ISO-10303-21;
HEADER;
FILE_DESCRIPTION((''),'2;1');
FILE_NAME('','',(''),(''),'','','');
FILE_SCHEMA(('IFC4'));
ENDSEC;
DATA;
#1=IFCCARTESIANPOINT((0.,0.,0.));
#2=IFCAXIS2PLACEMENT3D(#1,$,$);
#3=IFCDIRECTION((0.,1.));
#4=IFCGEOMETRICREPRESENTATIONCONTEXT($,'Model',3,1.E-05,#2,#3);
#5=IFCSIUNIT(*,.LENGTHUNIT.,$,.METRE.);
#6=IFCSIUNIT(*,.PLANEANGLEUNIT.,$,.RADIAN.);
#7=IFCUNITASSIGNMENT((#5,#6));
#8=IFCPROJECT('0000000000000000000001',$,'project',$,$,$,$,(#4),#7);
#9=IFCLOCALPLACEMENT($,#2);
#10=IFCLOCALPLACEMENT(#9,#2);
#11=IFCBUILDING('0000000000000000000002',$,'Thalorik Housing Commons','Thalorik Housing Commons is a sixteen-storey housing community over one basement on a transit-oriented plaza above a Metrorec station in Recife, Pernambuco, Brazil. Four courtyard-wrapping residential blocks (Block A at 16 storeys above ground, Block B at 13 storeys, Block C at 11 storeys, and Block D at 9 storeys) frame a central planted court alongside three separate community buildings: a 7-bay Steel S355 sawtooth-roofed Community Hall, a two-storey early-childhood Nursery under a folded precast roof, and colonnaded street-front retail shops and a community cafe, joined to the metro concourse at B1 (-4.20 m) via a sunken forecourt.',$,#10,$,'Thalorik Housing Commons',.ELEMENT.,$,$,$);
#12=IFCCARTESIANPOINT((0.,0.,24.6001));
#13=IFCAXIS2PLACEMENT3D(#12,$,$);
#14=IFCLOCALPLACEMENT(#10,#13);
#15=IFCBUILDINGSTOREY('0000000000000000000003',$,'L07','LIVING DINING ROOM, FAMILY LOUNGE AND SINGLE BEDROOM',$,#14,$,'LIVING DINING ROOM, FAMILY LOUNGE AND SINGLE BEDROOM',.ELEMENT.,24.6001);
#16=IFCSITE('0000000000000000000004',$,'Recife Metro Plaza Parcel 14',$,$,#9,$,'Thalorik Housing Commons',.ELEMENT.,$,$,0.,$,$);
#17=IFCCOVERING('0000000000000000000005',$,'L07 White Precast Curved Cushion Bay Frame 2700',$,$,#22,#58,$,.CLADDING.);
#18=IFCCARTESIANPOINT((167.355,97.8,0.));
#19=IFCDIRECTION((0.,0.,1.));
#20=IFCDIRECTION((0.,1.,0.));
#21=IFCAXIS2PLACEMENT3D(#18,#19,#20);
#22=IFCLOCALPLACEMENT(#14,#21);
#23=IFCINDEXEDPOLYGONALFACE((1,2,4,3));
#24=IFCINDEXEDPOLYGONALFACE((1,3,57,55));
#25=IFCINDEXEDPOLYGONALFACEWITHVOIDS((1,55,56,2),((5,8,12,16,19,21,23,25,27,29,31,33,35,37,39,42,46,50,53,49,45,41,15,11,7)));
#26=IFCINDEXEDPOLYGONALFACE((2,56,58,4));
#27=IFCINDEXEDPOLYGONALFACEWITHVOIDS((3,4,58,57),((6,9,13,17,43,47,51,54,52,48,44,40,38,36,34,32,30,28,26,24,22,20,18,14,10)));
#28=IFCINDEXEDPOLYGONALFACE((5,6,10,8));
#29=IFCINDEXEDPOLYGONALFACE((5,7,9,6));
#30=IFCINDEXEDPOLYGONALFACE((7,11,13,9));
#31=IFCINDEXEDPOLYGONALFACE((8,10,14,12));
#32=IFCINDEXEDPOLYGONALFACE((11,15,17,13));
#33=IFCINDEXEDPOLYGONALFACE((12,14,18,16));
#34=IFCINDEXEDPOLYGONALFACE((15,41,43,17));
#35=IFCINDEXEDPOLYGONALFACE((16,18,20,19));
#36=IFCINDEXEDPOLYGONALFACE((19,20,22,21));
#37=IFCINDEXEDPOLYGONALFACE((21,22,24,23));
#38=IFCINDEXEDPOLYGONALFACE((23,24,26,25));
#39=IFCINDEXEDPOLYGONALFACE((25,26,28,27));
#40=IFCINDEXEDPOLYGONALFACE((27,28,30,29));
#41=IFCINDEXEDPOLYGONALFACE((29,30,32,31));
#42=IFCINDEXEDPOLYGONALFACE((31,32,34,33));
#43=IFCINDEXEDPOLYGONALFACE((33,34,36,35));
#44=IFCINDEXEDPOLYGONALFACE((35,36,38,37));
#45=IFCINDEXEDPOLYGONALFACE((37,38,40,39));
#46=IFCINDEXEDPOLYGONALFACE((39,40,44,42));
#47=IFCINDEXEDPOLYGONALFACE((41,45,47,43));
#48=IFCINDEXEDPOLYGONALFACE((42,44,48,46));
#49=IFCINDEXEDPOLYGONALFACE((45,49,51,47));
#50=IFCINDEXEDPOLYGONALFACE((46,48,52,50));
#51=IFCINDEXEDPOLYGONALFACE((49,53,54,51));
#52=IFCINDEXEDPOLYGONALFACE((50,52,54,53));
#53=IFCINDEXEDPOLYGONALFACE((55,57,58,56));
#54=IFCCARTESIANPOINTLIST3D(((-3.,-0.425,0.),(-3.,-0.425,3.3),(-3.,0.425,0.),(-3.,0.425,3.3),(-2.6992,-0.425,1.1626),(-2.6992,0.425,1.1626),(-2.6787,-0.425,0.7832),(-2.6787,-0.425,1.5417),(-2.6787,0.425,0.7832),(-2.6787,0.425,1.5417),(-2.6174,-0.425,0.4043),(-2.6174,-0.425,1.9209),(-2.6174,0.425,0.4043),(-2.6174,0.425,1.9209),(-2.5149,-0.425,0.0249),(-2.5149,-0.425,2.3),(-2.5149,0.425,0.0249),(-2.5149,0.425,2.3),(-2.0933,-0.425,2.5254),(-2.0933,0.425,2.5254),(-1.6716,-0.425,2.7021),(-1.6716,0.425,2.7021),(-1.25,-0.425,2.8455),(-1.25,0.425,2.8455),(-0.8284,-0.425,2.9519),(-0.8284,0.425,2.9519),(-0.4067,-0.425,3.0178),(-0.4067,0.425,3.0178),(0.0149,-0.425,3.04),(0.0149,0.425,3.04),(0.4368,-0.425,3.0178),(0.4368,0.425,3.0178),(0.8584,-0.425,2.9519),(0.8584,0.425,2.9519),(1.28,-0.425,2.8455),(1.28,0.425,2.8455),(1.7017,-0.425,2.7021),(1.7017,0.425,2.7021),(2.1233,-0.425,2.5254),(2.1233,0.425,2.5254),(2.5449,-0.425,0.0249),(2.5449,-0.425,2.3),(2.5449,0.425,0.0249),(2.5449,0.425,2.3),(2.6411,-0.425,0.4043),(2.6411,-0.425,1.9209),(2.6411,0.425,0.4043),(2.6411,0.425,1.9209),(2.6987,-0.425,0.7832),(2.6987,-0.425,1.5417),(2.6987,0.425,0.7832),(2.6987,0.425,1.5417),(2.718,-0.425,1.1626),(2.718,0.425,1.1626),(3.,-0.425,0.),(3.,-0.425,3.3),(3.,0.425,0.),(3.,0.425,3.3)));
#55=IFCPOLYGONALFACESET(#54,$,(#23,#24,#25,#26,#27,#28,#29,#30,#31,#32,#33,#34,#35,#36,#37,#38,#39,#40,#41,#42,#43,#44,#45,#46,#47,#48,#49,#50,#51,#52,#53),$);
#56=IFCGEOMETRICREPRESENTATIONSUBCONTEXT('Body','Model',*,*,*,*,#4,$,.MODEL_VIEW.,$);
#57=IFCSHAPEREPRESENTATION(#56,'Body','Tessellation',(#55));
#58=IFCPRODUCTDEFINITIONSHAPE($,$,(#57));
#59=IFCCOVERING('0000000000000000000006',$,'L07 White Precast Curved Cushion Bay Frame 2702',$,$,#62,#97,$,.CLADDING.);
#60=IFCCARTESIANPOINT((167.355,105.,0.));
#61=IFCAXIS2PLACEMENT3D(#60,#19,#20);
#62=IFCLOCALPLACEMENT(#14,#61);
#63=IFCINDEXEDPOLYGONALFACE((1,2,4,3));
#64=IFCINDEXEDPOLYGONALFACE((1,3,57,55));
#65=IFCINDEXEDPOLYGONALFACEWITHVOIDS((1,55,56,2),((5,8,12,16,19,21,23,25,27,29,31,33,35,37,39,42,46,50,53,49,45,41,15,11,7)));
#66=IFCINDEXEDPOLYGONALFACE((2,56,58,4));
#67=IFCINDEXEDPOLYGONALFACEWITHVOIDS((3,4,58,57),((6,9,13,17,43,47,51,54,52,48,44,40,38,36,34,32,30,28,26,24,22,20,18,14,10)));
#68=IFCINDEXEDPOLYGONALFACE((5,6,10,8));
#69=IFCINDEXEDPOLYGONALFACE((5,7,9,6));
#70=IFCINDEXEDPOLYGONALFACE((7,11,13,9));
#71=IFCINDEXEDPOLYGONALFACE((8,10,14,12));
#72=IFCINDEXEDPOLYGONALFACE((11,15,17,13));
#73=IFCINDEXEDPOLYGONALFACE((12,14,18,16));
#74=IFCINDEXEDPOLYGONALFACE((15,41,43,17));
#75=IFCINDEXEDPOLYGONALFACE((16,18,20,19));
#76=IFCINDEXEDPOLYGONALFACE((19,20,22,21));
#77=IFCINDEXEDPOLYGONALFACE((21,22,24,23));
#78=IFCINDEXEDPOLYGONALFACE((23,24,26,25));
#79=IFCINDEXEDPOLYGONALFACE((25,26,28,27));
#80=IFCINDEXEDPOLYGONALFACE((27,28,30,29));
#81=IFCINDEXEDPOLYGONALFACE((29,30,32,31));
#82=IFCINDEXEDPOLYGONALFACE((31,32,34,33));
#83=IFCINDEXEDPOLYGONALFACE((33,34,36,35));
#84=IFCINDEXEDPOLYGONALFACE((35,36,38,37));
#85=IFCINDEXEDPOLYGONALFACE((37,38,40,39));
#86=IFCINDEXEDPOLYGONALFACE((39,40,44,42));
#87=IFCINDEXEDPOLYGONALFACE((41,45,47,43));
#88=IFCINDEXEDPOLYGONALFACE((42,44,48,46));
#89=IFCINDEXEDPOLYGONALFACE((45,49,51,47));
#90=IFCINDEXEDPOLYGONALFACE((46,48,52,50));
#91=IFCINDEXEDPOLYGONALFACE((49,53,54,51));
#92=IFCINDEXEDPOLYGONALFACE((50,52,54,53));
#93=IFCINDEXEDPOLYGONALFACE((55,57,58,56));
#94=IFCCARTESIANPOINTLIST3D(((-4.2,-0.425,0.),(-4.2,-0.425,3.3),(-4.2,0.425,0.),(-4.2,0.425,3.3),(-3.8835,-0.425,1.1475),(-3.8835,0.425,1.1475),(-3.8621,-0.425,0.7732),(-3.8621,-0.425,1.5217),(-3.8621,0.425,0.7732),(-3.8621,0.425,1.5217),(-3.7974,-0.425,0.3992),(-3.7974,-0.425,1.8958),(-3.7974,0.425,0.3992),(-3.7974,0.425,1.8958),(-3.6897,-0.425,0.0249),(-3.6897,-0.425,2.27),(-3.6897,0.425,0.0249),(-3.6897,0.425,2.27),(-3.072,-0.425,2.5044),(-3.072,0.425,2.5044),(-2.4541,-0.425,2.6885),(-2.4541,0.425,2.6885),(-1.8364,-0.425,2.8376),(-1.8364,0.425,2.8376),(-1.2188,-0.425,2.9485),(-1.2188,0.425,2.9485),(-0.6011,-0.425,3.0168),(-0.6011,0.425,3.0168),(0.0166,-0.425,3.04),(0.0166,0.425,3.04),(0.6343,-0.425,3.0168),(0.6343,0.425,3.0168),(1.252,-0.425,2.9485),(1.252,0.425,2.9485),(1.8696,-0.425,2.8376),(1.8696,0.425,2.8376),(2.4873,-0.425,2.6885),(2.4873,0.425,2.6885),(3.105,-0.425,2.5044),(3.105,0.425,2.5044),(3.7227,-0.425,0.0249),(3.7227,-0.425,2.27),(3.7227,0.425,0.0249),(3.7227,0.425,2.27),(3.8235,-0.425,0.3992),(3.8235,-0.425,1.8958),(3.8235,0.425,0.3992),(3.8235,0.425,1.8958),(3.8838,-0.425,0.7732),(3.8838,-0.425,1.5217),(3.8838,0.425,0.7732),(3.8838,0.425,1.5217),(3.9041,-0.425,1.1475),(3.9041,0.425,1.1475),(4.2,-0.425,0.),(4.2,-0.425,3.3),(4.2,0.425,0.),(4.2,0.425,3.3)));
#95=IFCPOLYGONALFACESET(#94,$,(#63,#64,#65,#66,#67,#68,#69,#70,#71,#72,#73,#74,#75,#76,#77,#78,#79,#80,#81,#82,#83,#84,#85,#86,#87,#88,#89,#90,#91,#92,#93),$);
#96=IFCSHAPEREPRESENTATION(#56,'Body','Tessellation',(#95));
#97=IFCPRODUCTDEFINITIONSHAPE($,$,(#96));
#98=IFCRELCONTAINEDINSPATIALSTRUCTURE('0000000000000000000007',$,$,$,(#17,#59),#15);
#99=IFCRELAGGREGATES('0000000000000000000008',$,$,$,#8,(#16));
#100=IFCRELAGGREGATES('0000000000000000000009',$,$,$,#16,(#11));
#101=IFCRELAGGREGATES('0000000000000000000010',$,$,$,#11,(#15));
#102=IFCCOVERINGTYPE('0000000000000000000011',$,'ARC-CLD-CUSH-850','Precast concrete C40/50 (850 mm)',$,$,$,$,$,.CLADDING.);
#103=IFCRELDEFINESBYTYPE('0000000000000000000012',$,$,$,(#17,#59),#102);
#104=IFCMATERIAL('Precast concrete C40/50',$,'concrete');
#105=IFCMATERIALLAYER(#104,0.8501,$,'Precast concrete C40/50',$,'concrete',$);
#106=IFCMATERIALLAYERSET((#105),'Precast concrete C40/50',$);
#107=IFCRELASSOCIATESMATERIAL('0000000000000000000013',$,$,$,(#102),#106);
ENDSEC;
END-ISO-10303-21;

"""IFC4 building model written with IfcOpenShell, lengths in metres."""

from ifc_helpers import new_model, si_unit, direction, frame, origin, place, context, subcontext, project, spatial, polyline, outline, extrude, material, layer, layer_set, type_object, element, save


model = new_model("IFC4")

# Units and contexts
model_context = context("Model", 3, precision=1e-05, world=origin(), true_north=direction((0.0, 1.0)))
body_context = subcontext(model_context, "Body", "Model", "MODEL_VIEW")
ifc_project = project(units=[si_unit("LENGTHUNIT", "METRE"), si_unit("PLANEANGLEUNIT", "RADIAN")], contexts=[model_context])

# Site, building, storey
site_placement = place(None, origin())
site = spatial("IfcSite", under=ifc_project, at=site_placement, Name="Recife Metro Plaza Parcel 14", LongName="Thalorik Housing Commons", CompositionType="ELEMENT", RefElevation=0.0)
building_placement = place(site_placement, origin())
building = spatial("IfcBuilding", under=site, at=building_placement, Name="Thalorik Housing Commons", Description="Thalorik Housing Commons is a sixteen-storey housing community over one basement on a transit-oriented plaza above a Metrorec station in Recife, Pernambuco, Brazil. Four courtyard-wrapping residential blocks (Block A at 16 storeys above ground, Block B at 13 storeys, Block C at 11 storeys, and Block D at 9 storeys) frame a central planted court alongside three separate community buildings: a 7-bay Steel S355 sawtooth-roofed Community Hall, a two-storey early-childhood Nursery under a folded precast roof, and colonnaded street-front retail shops and a community cafe, joined to the metro concourse at B1 (-4.20 m) via a sunken forecourt.", LongName="Thalorik Housing Commons", CompositionType="ELEMENT")
storey_placement = place(building_placement, frame((0.0, 0.0, 24.6001)))
storey = spatial("IfcBuildingStorey", under=building, at=storey_placement, Name="L07", Description="LIVING DINING ROOM, FAMILY LOUNGE AND SINGLE BEDROOM", LongName="LIVING DINING ROOM, FAMILY LOUNGE AND SINGLE BEDROOM", CompositionType="ELEMENT", Elevation=24.6001)

# Shared definitions
ifc_material_1 = material(Name="Precast concrete C40/50", Category="concrete")

# Coverings
ifc_layer_1 = layer(ifc_material_1, 0.8501, Name="Precast concrete C40/50", Category="concrete")
ifc_layer_set_1 = layer_set([ifc_layer_1], Name="Precast concrete C40/50")
covering_type_1 = type_object("IfcCoveringType", Name="ARC-CLD-CUSH-850", Description="Precast concrete C40/50 (850 mm)", PredefinedType="CLADDING", material=ifc_layer_set_1)
covering_1_placement = place(storey_placement, frame((167.355, 97.8, 0.0), z_axis=(0.0, 0.0, 1.0), x_axis=(0.0, 1.0, 0.0)))
element("IfcCovering", 1, at=covering_1_placement, inside=storey, type_object=covering_type_1, Name="L07 White Precast Curved Cushion Bay Frame 2700", PredefinedType="CLADDING", context=body_context, shape_type="SweptSolid", body=[
    extrude(outline(polyline([(-3.0, 0.0), (3.0, 0.0), (3.0, 3.3), (-3.0, 3.3), (-3.0, 0.0)]), holes=[polyline([(2.5449, 0.0249), (2.6411, 0.4043), (2.6987, 0.7832), (2.718, 1.1626), (2.6987, 1.5417), (2.6411, 1.9209), (2.5449, 2.3), (2.1233, 2.5254), (1.7017, 2.7021), (1.28, 2.8455), (0.8584, 2.9519), (0.4368, 3.0178), (0.0149, 3.04), (-0.4067, 3.0178), (-0.8284, 2.9519), (-1.25, 2.8455), (-1.6716, 2.7021), (-2.0933, 2.5254), (-2.5149, 2.3), (-2.6174, 1.9209), (-2.6787, 1.5417), (-2.6992, 1.1626), (-2.6787, 0.7832), (-2.6174, 0.4043), (-2.5149, 0.0249), (2.5449, 0.0249)])]), frame((0.0, 0.425, 0.0), z_axis=(0.0, -1.0, 0.0), x_axis=(1.0, 0.0, 0.0)), (0.0, 0.0, 1.0), 0.8501),
])
covering_2_placement = place(storey_placement, frame((167.355, 105.0, 0.0), z_axis=(0.0, 0.0, 1.0), x_axis=(0.0, 1.0, 0.0)))
element("IfcCovering", 2, at=covering_2_placement, inside=storey, type_object=covering_type_1, Name="L07 White Precast Curved Cushion Bay Frame 2702", PredefinedType="CLADDING", context=body_context, shape_type="SweptSolid", body=[
    extrude(outline(polyline([(-4.2, 0.0), (4.2, 0.0), (4.2, 3.3), (-4.2, 3.3), (-4.2, 0.0)]), holes=[polyline([(3.7227, 0.0249), (3.8235, 0.3992), (3.8838, 0.7732), (3.9041, 1.1475), (3.8838, 1.5217), (3.8235, 1.8958), (3.7227, 2.27), (3.105, 2.5044), (2.4873, 2.6885), (1.8696, 2.8376), (1.252, 2.9485), (0.6343, 3.0168), (0.0166, 3.04), (-0.6011, 3.0168), (-1.2188, 2.9485), (-1.8364, 2.8376), (-2.4541, 2.6885), (-3.072, 2.5044), (-3.6897, 2.27), (-3.7974, 1.8958), (-3.8621, 1.5217), (-3.8835, 1.1475), (-3.8621, 0.7732), (-3.7974, 0.3992), (-3.6897, 0.0249), (3.7227, 0.0249)])]), frame((0.0, 0.425, 0.0), z_axis=(0.0, -1.0, 0.0), x_axis=(1.0, 0.0, 0.0)), (0.0, 0.0, 1.0), 0.8501),
])

save(model, "model.ifc")
